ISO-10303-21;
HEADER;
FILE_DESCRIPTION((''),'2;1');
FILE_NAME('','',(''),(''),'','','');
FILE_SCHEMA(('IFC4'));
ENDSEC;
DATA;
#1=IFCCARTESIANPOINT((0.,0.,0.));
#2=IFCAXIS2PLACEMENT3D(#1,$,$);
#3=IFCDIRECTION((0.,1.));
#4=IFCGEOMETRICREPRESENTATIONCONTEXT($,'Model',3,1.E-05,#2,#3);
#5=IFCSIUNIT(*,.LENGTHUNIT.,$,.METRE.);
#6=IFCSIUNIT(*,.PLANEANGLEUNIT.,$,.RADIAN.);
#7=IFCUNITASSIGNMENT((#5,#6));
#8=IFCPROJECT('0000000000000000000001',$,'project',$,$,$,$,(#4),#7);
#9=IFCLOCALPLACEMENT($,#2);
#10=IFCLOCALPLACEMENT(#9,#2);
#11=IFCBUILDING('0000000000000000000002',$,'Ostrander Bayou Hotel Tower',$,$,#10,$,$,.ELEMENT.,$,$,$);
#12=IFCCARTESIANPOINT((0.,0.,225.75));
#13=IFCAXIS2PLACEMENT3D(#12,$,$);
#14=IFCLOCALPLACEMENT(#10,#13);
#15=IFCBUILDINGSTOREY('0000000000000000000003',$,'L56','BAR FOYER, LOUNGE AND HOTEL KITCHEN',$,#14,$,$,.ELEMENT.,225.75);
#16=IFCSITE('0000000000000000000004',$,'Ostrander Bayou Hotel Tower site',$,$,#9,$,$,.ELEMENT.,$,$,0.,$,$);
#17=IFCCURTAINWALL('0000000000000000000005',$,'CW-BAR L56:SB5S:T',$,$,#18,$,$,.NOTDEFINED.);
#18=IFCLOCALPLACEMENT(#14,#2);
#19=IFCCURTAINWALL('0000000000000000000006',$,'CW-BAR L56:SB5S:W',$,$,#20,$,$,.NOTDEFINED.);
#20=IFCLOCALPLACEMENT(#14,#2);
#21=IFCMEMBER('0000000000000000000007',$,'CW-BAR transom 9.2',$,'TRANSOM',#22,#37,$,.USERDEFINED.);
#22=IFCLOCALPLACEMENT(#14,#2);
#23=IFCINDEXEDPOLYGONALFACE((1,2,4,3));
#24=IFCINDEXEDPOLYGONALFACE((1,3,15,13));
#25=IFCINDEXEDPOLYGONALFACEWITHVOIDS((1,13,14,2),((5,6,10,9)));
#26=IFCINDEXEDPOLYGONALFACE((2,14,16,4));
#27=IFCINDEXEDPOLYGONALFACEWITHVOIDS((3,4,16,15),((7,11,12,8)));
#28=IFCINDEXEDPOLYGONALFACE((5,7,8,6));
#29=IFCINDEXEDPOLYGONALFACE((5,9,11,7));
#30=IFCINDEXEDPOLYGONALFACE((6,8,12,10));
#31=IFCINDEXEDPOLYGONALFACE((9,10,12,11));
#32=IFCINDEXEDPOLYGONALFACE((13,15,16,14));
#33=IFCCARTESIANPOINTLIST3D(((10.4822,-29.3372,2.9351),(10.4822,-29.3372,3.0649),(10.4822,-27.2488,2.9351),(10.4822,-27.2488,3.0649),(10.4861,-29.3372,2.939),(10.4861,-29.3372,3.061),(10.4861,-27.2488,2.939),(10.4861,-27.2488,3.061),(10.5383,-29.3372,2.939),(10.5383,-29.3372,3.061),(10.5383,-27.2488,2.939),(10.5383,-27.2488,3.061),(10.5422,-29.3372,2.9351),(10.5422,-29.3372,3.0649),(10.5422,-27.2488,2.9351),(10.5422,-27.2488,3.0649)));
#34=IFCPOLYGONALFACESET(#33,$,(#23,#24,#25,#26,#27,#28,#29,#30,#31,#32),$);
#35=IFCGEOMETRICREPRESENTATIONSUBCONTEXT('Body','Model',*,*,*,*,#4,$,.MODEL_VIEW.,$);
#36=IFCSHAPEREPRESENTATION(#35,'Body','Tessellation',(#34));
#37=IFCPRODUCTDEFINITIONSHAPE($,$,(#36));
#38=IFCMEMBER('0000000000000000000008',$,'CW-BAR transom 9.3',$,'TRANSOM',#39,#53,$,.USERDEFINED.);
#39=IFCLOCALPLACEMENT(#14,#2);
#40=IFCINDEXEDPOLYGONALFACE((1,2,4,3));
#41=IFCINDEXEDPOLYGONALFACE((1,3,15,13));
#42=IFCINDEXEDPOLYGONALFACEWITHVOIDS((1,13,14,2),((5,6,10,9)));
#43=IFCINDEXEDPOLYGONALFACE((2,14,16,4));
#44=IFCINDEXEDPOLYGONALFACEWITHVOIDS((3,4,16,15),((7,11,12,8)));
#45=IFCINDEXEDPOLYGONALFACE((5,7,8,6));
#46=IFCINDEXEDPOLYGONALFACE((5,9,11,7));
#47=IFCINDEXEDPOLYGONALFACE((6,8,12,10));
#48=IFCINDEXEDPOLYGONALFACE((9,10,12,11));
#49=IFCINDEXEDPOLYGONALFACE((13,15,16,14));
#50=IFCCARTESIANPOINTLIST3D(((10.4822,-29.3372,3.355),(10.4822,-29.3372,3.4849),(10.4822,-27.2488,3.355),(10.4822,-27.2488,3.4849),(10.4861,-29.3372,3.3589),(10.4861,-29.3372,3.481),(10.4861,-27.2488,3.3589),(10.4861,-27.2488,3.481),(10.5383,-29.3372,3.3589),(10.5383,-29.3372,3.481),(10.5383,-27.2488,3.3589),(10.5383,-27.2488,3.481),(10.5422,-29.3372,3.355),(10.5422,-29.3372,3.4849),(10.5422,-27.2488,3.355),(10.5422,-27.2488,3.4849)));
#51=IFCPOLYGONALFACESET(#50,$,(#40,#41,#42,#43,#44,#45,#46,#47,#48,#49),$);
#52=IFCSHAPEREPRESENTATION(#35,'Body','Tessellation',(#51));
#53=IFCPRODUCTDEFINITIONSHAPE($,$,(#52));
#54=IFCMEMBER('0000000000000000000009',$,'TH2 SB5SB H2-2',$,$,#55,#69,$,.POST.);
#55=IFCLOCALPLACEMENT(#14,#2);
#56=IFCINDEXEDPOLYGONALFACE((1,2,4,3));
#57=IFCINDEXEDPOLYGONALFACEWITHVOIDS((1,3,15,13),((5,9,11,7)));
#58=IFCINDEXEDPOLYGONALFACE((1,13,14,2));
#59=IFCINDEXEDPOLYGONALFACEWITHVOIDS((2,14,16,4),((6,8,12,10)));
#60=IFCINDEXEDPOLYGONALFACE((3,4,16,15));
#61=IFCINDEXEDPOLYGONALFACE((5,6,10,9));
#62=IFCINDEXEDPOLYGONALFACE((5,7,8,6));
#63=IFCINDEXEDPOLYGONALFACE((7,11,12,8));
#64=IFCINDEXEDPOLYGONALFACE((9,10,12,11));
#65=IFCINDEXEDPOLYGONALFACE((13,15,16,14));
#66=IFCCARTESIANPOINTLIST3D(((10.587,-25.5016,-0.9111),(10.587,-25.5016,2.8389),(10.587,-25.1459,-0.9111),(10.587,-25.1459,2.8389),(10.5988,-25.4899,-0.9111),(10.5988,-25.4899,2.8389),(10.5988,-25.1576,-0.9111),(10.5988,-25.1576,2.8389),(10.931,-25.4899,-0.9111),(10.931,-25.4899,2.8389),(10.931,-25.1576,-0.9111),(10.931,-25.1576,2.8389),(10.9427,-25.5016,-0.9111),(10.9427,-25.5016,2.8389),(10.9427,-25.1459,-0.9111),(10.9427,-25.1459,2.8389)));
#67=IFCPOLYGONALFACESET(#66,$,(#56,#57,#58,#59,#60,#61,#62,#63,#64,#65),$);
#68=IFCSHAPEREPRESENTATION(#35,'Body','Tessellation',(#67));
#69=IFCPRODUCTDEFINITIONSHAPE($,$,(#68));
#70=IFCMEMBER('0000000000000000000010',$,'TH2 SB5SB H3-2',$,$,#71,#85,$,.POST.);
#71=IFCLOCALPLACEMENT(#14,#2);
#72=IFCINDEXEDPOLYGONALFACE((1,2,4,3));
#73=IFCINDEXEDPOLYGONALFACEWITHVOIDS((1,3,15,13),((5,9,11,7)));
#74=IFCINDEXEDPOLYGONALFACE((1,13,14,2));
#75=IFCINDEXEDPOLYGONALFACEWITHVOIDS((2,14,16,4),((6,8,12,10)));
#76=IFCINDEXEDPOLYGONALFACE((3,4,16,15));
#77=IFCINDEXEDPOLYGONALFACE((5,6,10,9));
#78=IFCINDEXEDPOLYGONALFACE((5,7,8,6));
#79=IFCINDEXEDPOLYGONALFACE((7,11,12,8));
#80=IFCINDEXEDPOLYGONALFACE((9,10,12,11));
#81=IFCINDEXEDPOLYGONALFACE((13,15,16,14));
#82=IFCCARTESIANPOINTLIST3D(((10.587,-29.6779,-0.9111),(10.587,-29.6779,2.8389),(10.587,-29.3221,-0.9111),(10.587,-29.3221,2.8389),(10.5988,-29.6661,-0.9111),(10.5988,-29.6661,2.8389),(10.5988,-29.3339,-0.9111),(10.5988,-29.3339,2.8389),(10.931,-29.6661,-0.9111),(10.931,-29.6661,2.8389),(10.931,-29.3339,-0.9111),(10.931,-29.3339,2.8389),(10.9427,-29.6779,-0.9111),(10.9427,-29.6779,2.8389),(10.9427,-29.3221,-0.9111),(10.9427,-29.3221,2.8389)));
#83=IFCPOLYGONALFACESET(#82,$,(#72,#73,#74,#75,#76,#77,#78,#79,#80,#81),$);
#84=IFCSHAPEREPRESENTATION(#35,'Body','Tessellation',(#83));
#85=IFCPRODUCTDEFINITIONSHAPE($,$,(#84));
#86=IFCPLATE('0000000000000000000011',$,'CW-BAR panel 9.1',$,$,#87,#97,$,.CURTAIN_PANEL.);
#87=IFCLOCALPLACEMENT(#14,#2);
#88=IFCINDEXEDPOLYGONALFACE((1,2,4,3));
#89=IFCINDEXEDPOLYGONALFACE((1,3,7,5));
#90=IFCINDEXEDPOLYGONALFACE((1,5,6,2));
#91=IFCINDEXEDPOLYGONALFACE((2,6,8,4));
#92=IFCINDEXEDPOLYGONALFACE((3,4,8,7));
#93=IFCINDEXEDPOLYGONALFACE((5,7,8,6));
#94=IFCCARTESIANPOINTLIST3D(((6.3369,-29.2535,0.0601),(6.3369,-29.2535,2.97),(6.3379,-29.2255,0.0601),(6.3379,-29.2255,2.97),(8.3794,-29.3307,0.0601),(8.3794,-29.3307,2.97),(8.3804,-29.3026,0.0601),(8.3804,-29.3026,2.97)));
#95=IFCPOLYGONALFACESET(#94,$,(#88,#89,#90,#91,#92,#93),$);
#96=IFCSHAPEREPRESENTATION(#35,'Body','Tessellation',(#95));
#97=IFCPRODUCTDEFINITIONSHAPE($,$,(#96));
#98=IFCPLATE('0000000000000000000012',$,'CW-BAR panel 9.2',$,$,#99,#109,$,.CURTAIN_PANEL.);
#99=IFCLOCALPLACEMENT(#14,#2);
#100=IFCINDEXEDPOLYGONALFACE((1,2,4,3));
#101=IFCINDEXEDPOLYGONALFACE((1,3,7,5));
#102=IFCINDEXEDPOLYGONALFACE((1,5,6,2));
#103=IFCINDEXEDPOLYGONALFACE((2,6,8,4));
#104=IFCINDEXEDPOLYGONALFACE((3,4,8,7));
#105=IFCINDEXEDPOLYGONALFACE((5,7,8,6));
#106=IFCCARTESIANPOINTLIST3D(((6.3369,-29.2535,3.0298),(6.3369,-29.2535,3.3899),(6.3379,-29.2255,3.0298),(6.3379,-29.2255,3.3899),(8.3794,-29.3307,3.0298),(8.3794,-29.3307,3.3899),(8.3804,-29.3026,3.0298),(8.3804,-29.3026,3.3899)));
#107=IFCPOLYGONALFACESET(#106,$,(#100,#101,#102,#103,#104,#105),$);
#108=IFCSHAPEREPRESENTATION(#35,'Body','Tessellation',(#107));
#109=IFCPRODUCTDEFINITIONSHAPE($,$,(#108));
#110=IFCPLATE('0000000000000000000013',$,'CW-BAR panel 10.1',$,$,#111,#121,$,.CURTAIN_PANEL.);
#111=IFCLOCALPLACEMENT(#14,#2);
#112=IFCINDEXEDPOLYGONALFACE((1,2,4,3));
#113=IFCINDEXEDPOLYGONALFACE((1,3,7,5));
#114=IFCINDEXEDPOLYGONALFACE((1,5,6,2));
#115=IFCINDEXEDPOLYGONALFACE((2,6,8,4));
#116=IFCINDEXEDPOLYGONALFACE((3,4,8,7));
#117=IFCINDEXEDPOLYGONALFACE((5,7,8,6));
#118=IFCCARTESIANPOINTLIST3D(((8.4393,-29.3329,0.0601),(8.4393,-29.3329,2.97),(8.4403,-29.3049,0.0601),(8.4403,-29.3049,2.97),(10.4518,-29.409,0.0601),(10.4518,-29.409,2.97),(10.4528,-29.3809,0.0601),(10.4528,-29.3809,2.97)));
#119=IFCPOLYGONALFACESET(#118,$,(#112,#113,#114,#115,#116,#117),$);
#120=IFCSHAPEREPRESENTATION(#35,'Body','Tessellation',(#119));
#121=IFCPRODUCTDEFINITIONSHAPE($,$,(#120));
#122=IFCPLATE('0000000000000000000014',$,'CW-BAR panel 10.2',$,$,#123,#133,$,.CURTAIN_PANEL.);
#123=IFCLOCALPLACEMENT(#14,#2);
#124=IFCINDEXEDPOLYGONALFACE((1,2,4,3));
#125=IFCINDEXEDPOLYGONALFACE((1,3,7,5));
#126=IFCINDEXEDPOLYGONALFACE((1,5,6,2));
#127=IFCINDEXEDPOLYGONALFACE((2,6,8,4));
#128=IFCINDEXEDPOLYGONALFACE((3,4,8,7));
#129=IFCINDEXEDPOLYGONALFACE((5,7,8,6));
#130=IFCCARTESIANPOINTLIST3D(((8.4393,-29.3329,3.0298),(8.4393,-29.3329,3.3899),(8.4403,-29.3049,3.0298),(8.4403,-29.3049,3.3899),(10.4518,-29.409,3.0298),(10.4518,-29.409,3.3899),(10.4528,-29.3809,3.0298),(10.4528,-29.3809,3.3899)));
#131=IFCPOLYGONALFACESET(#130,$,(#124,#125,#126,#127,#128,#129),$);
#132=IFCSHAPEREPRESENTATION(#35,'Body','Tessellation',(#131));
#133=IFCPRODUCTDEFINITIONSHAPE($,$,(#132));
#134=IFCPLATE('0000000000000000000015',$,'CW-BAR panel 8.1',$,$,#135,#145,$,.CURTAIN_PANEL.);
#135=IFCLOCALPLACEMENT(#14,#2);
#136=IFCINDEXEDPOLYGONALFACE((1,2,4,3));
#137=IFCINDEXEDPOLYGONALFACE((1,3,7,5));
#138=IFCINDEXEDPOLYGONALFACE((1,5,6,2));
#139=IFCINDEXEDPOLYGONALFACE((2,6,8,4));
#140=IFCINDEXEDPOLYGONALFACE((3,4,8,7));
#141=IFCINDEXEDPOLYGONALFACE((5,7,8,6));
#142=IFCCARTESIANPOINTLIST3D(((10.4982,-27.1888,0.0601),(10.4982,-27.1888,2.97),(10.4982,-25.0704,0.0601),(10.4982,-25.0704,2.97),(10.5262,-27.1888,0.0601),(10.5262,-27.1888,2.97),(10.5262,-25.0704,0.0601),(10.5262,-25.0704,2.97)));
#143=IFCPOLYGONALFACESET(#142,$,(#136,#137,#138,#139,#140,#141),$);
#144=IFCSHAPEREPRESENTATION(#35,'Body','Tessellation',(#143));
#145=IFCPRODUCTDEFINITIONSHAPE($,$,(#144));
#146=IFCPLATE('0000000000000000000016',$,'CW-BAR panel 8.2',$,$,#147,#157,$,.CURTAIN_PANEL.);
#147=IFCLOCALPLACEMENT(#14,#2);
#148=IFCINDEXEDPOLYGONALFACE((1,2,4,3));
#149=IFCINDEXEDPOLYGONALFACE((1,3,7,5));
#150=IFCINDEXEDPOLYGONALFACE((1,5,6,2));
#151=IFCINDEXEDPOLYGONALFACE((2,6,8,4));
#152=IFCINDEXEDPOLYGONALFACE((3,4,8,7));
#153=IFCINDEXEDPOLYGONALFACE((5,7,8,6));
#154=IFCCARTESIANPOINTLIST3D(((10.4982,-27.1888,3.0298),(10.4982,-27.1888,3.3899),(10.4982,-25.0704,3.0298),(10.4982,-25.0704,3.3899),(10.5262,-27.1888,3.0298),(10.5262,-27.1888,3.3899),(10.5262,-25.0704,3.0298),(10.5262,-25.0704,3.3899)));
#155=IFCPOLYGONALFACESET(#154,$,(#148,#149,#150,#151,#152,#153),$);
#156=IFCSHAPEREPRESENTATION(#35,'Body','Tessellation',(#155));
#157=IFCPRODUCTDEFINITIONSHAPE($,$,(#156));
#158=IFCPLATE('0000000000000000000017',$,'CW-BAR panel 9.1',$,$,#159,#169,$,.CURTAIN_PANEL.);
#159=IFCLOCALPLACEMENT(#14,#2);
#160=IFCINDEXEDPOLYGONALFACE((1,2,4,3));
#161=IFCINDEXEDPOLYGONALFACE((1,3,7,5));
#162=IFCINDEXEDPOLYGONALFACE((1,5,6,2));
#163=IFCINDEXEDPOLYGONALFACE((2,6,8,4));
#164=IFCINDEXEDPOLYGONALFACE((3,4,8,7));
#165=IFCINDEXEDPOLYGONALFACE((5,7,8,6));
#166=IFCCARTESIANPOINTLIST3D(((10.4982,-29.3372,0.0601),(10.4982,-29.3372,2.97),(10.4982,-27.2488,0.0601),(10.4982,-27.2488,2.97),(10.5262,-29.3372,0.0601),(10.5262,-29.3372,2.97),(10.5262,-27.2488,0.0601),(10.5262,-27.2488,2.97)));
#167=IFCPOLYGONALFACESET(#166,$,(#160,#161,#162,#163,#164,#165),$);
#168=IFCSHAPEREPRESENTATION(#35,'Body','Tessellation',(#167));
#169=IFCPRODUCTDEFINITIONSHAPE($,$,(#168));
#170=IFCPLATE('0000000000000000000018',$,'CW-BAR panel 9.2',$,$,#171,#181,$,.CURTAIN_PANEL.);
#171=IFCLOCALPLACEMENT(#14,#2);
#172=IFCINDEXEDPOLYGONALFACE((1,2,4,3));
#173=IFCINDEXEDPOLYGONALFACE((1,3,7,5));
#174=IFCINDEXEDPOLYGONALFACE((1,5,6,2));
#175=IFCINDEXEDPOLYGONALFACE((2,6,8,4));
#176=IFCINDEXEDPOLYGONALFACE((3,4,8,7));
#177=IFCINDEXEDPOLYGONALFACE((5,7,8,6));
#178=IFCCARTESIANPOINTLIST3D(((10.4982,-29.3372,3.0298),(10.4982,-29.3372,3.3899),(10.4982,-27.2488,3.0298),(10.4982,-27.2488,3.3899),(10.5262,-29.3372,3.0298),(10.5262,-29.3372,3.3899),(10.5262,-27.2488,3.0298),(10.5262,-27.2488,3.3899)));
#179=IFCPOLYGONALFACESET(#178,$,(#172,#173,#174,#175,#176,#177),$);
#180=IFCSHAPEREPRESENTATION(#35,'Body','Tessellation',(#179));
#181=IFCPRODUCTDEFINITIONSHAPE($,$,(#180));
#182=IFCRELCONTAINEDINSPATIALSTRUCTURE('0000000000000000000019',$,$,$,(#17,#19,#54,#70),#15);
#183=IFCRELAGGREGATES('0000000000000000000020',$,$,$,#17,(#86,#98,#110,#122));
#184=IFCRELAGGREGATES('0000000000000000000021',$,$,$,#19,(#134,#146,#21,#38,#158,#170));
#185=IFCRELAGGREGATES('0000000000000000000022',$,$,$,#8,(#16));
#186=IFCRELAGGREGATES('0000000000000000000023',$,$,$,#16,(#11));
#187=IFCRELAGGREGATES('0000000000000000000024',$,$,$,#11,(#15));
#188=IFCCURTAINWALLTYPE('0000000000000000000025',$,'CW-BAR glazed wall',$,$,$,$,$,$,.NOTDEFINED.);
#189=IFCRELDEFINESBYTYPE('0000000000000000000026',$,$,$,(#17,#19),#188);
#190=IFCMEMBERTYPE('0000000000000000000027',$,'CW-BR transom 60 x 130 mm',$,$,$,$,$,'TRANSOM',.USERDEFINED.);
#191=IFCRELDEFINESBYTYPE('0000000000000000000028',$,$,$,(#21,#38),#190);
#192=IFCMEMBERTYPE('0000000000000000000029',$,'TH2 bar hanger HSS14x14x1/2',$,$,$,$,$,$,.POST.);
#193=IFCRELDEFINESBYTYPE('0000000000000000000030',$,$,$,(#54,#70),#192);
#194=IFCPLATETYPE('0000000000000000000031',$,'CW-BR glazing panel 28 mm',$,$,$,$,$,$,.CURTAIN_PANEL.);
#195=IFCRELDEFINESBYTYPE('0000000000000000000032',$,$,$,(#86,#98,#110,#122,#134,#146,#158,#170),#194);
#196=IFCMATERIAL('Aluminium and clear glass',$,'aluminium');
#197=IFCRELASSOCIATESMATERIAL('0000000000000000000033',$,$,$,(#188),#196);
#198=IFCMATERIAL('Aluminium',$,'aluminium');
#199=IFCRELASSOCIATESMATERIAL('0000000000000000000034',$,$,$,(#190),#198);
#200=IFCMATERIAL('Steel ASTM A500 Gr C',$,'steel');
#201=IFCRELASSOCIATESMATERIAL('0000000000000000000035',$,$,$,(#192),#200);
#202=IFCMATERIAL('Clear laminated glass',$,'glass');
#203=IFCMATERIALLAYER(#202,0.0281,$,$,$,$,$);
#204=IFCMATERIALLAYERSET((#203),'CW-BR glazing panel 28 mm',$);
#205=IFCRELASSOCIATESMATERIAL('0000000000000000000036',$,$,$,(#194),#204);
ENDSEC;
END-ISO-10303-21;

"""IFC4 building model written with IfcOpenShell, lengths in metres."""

from ifc_helpers import new_model, si_unit, direction, frame, origin, origin_2d, place, context, subcontext, project, spatial, rectangle, hollow_rectangle, extrude, material, layer, layer_set, material_profile, profile_set, type_object, element, aggregate, save


model = new_model("IFC4")

# Units and contexts
model_context = context("Model", 3, precision=1e-05, world=origin(), true_north=direction((0.0, 1.0)))
body_context = subcontext(model_context, "Body", "Model", "MODEL_VIEW")
ifc_project = project(units=[si_unit("LENGTHUNIT", "METRE"), si_unit("PLANEANGLEUNIT", "RADIAN")], contexts=[model_context])

# Site, building, storey
site_placement = place(None, origin())
site = spatial("IfcSite", under=ifc_project, at=site_placement, Name="Ostrander Bayou Hotel Tower site", CompositionType="ELEMENT", RefElevation=0.0)
building_placement = place(site_placement, origin())
building = spatial("IfcBuilding", under=site, at=building_placement, Name="Ostrander Bayou Hotel Tower", CompositionType="ELEMENT")
storey_placement = place(building_placement, frame((0.0, 0.0, 225.75)))
storey = spatial("IfcBuildingStorey", under=building, at=storey_placement, Name="L56", Description="BAR FOYER, LOUNGE AND HOTEL KITCHEN", CompositionType="ELEMENT", Elevation=225.75)

# Curtain walls
ifc_material_1 = material(Name="Aluminium and clear glass", Category="aluminium")
curtain_wall_type = type_object("IfcCurtainWallType", Name="CW-BAR glazed wall", PredefinedType="NOTDEFINED", material=ifc_material_1)
curtain_wall_1_placement = place(storey_placement, origin())
curtain_wall_1 = element("IfcCurtainWall", 1, at=curtain_wall_1_placement, inside=storey, type_object=curtain_wall_type, Name="CW-BAR L56:SB5S:T", PredefinedType="NOTDEFINED")
curtain_wall_2_placement = place(storey_placement, origin())
curtain_wall_2 = element("IfcCurtainWall", 2, at=curtain_wall_2_placement, inside=storey, type_object=curtain_wall_type, Name="CW-BAR L56:SB5S:W", PredefinedType="NOTDEFINED")

# Members
ifc_material_2 = material(Name="Aluminium", Category="aluminium")
ifc_material_profile_1 = material_profile(ifc_material_2, hollow_rectangle(XDim=0.0601, YDim=0.1299, WallThickness=0.0039, at=origin_2d()))
ifc_profile_set_1 = profile_set([ifc_material_profile_1], Name="Aluminium")
member_type_1 = type_object("IfcMemberType", Name="CW-BR transom 60 x 130 mm", ElementType="TRANSOM", PredefinedType="USERDEFINED", material=ifc_profile_set_1)
member_1_placement = place(storey_placement, frame((10.5122, -27.2488, 3.0), z_axis=(0.0, -1.0, 0.0), x_axis=(1.0, 0.0, 0.0)))
member_1 = element("IfcMember", 3, at=member_1_placement, type_object=member_type_1, Name="CW-BAR transom 9.2", ObjectType="TRANSOM", PredefinedType="USERDEFINED", context=body_context, shape_type="SweptSolid", body=[
    extrude(hollow_rectangle(XDim=0.0601, YDim=0.1299, WallThickness=0.0039, at=origin_2d()), origin(), (0.0, 0.0, 1.0), 2.0884),
])
member_2_placement = place(storey_placement, frame((10.5122, -27.2488, 3.4199), z_axis=(0.0, -1.0, 0.0), x_axis=(1.0, 0.0, 0.0)))
member_2 = element("IfcMember", 4, at=member_2_placement, type_object=member_type_1, Name="CW-BAR transom 9.3", ObjectType="TRANSOM", PredefinedType="USERDEFINED", context=body_context, shape_type="SweptSolid", body=[
    extrude(hollow_rectangle(XDim=0.0601, YDim=0.1299, WallThickness=0.0039, at=origin_2d()), origin(), (0.0, 0.0, 1.0), 2.0884),
])

# Members
ifc_material_3 = material(Name="Steel ASTM A500 Gr C", Category="steel")
ifc_material_profile_2 = material_profile(ifc_material_3, hollow_rectangle(XDim=0.3557, YDim=0.3557, WallThickness=0.0117, at=origin_2d()))
ifc_profile_set_2 = profile_set([ifc_material_profile_2], Name="Steel ASTM A500 Gr C")
member_type_2 = type_object("IfcMemberType", Name="TH2 bar hanger HSS14x14x1/2", PredefinedType="POST", material=ifc_profile_set_2)
for number, where, z_axis, x_axis, name in (
    (5, (10.7649, -25.3237, -0.9111), (0.0, 0.0, 1.0), (1.0, 0.0, 0.0), "TH2 SB5SB H2-2"),
    (6, (10.7649, -29.5, -0.9111), (0.0, 0.0, 1.0), (1.0, 0.0, 0.0), "TH2 SB5SB H3-2"),
):
    element("IfcMember", number, at=place(storey_placement, frame(where, z_axis=z_axis, x_axis=x_axis)), inside=storey, type_object=member_type_2, Name=name, PredefinedType="POST", context=body_context, shape_type="SweptSolid", body=[
        extrude(hollow_rectangle(XDim=0.3557, YDim=0.3557, WallThickness=0.0117, at=origin_2d()), origin(), (0.0, 0.0, 1.0), 3.75),
    ])

# Plates
ifc_material_4 = material(Name="Clear laminated glass", Category="glass")
ifc_layer = layer(ifc_material_4, 0.0281)
ifc_layer_set = layer_set([ifc_layer], Name="CW-BR glazing panel 28 mm")
plate_type = type_object("IfcPlateType", Name="CW-BR glazing panel 28 mm", PredefinedType="CURTAIN_PANEL", material=ifc_layer_set)
plate_1_placement = place(storey_placement, frame((7.3586, -29.2781, 0.0601), z_axis=(0.0, 0.0, 1.0), x_axis=(0.999287, -0.037758, 0.0)))
plate_1 = element("IfcPlate", 7, at=plate_1_placement, type_object=plate_type, Name="CW-BAR panel 9.1", PredefinedType="CURTAIN_PANEL", context=body_context, shape_type="SweptSolid", body=[
    extrude(rectangle(XDim=2.0439, YDim=0.0281, at=origin_2d()), origin(), (0.0, 0.0, 1.0), 2.9099),
])
plate_2_placement = place(storey_placement, frame((7.3586, -29.2781, 3.0298), z_axis=(0.0, 0.0, 1.0), x_axis=(0.999287, -0.037758, 0.0)))
plate_2 = element("IfcPlate", 8, at=plate_2_placement, type_object=plate_type, Name="CW-BAR panel 9.2", PredefinedType="CURTAIN_PANEL", context=body_context, shape_type="SweptSolid", body=[
    extrude(rectangle(XDim=2.0439, YDim=0.0281, at=origin_2d()), origin(), (0.0, 0.0, 1.0), 0.3601),
])
plate_3_placement = place(storey_placement, frame((9.446, -29.3569, 0.0601), z_axis=(0.0, 0.0, 1.0), x_axis=(0.999287, -0.037758, 0.0)))
plate_3 = element("IfcPlate", 9, at=plate_3_placement, type_object=plate_type, Name="CW-BAR panel 10.1", PredefinedType="CURTAIN_PANEL", context=body_context, shape_type="SweptSolid", body=[
    extrude(rectangle(XDim=2.0139, YDim=0.0281, at=origin_2d()), origin(), (0.0, 0.0, 1.0), 2.9099),
])
plate_4_placement = place(storey_placement, frame((9.446, -29.3569, 3.0298), z_axis=(0.0, 0.0, 1.0), x_axis=(0.999287, -0.037758, 0.0)))
plate_4 = element("IfcPlate", 10, at=plate_4_placement, type_object=plate_type, Name="CW-BAR panel 10.2", PredefinedType="CURTAIN_PANEL", context=body_context, shape_type="SweptSolid", body=[
    extrude(rectangle(XDim=2.0139, YDim=0.0281, at=origin_2d()), origin(), (0.0, 0.0, 1.0), 0.3601),
])
aggregate(curtain_wall_1, [plate_1, plate_2, plate_3, plate_4])
plate_5_placement = place(storey_placement, frame((10.5122, -26.1296, 0.0601), z_axis=(0.0, 0.0, 1.0), x_axis=(0.0, -1.0, 0.0)))
plate_5 = element("IfcPlate", 11, at=plate_5_placement, type_object=plate_type, Name="CW-BAR panel 8.1", PredefinedType="CURTAIN_PANEL", context=body_context, shape_type="SweptSolid", body=[
    extrude(rectangle(XDim=2.1184, YDim=0.0281, at=origin_2d()), origin(), (0.0, 0.0, 1.0), 2.9099),
])
plate_6_placement = place(storey_placement, frame((10.5122, -26.1296, 3.0298), z_axis=(0.0, 0.0, 1.0), x_axis=(0.0, -1.0, 0.0)))
plate_6 = element("IfcPlate", 12, at=plate_6_placement, type_object=plate_type, Name="CW-BAR panel 8.2", PredefinedType="CURTAIN_PANEL", context=body_context, shape_type="SweptSolid", body=[
    extrude(rectangle(XDim=2.1184, YDim=0.0281, at=origin_2d()), origin(), (0.0, 0.0, 1.0), 0.3601),
])
plate_7_placement = place(storey_placement, frame((10.5122, -28.293, 0.0601), z_axis=(0.0, 0.0, 1.0), x_axis=(0.0, -1.0, 0.0)))
plate_7 = element("IfcPlate", 13, at=plate_7_placement, type_object=plate_type, Name="CW-BAR panel 9.1", PredefinedType="CURTAIN_PANEL", context=body_context, shape_type="SweptSolid", body=[
    extrude(rectangle(XDim=2.0884, YDim=0.0281, at=origin_2d()), origin(), (0.0, 0.0, 1.0), 2.9099),
])
plate_8_placement = place(storey_placement, frame((10.5122, -28.293, 3.0298), z_axis=(0.0, 0.0, 1.0), x_axis=(0.0, -1.0, 0.0)))
plate_8 = element("IfcPlate", 14, at=plate_8_placement, type_object=plate_type, Name="CW-BAR panel 9.2", PredefinedType="CURTAIN_PANEL", context=body_context, shape_type="SweptSolid", body=[
    extrude(rectangle(XDim=2.0884, YDim=0.0281, at=origin_2d()), origin(), (0.0, 0.0, 1.0), 0.3601),
])
aggregate(curtain_wall_2, [plate_5, plate_6, member_1, member_2, plate_7, plate_8])

save(model, "model.ifc")
